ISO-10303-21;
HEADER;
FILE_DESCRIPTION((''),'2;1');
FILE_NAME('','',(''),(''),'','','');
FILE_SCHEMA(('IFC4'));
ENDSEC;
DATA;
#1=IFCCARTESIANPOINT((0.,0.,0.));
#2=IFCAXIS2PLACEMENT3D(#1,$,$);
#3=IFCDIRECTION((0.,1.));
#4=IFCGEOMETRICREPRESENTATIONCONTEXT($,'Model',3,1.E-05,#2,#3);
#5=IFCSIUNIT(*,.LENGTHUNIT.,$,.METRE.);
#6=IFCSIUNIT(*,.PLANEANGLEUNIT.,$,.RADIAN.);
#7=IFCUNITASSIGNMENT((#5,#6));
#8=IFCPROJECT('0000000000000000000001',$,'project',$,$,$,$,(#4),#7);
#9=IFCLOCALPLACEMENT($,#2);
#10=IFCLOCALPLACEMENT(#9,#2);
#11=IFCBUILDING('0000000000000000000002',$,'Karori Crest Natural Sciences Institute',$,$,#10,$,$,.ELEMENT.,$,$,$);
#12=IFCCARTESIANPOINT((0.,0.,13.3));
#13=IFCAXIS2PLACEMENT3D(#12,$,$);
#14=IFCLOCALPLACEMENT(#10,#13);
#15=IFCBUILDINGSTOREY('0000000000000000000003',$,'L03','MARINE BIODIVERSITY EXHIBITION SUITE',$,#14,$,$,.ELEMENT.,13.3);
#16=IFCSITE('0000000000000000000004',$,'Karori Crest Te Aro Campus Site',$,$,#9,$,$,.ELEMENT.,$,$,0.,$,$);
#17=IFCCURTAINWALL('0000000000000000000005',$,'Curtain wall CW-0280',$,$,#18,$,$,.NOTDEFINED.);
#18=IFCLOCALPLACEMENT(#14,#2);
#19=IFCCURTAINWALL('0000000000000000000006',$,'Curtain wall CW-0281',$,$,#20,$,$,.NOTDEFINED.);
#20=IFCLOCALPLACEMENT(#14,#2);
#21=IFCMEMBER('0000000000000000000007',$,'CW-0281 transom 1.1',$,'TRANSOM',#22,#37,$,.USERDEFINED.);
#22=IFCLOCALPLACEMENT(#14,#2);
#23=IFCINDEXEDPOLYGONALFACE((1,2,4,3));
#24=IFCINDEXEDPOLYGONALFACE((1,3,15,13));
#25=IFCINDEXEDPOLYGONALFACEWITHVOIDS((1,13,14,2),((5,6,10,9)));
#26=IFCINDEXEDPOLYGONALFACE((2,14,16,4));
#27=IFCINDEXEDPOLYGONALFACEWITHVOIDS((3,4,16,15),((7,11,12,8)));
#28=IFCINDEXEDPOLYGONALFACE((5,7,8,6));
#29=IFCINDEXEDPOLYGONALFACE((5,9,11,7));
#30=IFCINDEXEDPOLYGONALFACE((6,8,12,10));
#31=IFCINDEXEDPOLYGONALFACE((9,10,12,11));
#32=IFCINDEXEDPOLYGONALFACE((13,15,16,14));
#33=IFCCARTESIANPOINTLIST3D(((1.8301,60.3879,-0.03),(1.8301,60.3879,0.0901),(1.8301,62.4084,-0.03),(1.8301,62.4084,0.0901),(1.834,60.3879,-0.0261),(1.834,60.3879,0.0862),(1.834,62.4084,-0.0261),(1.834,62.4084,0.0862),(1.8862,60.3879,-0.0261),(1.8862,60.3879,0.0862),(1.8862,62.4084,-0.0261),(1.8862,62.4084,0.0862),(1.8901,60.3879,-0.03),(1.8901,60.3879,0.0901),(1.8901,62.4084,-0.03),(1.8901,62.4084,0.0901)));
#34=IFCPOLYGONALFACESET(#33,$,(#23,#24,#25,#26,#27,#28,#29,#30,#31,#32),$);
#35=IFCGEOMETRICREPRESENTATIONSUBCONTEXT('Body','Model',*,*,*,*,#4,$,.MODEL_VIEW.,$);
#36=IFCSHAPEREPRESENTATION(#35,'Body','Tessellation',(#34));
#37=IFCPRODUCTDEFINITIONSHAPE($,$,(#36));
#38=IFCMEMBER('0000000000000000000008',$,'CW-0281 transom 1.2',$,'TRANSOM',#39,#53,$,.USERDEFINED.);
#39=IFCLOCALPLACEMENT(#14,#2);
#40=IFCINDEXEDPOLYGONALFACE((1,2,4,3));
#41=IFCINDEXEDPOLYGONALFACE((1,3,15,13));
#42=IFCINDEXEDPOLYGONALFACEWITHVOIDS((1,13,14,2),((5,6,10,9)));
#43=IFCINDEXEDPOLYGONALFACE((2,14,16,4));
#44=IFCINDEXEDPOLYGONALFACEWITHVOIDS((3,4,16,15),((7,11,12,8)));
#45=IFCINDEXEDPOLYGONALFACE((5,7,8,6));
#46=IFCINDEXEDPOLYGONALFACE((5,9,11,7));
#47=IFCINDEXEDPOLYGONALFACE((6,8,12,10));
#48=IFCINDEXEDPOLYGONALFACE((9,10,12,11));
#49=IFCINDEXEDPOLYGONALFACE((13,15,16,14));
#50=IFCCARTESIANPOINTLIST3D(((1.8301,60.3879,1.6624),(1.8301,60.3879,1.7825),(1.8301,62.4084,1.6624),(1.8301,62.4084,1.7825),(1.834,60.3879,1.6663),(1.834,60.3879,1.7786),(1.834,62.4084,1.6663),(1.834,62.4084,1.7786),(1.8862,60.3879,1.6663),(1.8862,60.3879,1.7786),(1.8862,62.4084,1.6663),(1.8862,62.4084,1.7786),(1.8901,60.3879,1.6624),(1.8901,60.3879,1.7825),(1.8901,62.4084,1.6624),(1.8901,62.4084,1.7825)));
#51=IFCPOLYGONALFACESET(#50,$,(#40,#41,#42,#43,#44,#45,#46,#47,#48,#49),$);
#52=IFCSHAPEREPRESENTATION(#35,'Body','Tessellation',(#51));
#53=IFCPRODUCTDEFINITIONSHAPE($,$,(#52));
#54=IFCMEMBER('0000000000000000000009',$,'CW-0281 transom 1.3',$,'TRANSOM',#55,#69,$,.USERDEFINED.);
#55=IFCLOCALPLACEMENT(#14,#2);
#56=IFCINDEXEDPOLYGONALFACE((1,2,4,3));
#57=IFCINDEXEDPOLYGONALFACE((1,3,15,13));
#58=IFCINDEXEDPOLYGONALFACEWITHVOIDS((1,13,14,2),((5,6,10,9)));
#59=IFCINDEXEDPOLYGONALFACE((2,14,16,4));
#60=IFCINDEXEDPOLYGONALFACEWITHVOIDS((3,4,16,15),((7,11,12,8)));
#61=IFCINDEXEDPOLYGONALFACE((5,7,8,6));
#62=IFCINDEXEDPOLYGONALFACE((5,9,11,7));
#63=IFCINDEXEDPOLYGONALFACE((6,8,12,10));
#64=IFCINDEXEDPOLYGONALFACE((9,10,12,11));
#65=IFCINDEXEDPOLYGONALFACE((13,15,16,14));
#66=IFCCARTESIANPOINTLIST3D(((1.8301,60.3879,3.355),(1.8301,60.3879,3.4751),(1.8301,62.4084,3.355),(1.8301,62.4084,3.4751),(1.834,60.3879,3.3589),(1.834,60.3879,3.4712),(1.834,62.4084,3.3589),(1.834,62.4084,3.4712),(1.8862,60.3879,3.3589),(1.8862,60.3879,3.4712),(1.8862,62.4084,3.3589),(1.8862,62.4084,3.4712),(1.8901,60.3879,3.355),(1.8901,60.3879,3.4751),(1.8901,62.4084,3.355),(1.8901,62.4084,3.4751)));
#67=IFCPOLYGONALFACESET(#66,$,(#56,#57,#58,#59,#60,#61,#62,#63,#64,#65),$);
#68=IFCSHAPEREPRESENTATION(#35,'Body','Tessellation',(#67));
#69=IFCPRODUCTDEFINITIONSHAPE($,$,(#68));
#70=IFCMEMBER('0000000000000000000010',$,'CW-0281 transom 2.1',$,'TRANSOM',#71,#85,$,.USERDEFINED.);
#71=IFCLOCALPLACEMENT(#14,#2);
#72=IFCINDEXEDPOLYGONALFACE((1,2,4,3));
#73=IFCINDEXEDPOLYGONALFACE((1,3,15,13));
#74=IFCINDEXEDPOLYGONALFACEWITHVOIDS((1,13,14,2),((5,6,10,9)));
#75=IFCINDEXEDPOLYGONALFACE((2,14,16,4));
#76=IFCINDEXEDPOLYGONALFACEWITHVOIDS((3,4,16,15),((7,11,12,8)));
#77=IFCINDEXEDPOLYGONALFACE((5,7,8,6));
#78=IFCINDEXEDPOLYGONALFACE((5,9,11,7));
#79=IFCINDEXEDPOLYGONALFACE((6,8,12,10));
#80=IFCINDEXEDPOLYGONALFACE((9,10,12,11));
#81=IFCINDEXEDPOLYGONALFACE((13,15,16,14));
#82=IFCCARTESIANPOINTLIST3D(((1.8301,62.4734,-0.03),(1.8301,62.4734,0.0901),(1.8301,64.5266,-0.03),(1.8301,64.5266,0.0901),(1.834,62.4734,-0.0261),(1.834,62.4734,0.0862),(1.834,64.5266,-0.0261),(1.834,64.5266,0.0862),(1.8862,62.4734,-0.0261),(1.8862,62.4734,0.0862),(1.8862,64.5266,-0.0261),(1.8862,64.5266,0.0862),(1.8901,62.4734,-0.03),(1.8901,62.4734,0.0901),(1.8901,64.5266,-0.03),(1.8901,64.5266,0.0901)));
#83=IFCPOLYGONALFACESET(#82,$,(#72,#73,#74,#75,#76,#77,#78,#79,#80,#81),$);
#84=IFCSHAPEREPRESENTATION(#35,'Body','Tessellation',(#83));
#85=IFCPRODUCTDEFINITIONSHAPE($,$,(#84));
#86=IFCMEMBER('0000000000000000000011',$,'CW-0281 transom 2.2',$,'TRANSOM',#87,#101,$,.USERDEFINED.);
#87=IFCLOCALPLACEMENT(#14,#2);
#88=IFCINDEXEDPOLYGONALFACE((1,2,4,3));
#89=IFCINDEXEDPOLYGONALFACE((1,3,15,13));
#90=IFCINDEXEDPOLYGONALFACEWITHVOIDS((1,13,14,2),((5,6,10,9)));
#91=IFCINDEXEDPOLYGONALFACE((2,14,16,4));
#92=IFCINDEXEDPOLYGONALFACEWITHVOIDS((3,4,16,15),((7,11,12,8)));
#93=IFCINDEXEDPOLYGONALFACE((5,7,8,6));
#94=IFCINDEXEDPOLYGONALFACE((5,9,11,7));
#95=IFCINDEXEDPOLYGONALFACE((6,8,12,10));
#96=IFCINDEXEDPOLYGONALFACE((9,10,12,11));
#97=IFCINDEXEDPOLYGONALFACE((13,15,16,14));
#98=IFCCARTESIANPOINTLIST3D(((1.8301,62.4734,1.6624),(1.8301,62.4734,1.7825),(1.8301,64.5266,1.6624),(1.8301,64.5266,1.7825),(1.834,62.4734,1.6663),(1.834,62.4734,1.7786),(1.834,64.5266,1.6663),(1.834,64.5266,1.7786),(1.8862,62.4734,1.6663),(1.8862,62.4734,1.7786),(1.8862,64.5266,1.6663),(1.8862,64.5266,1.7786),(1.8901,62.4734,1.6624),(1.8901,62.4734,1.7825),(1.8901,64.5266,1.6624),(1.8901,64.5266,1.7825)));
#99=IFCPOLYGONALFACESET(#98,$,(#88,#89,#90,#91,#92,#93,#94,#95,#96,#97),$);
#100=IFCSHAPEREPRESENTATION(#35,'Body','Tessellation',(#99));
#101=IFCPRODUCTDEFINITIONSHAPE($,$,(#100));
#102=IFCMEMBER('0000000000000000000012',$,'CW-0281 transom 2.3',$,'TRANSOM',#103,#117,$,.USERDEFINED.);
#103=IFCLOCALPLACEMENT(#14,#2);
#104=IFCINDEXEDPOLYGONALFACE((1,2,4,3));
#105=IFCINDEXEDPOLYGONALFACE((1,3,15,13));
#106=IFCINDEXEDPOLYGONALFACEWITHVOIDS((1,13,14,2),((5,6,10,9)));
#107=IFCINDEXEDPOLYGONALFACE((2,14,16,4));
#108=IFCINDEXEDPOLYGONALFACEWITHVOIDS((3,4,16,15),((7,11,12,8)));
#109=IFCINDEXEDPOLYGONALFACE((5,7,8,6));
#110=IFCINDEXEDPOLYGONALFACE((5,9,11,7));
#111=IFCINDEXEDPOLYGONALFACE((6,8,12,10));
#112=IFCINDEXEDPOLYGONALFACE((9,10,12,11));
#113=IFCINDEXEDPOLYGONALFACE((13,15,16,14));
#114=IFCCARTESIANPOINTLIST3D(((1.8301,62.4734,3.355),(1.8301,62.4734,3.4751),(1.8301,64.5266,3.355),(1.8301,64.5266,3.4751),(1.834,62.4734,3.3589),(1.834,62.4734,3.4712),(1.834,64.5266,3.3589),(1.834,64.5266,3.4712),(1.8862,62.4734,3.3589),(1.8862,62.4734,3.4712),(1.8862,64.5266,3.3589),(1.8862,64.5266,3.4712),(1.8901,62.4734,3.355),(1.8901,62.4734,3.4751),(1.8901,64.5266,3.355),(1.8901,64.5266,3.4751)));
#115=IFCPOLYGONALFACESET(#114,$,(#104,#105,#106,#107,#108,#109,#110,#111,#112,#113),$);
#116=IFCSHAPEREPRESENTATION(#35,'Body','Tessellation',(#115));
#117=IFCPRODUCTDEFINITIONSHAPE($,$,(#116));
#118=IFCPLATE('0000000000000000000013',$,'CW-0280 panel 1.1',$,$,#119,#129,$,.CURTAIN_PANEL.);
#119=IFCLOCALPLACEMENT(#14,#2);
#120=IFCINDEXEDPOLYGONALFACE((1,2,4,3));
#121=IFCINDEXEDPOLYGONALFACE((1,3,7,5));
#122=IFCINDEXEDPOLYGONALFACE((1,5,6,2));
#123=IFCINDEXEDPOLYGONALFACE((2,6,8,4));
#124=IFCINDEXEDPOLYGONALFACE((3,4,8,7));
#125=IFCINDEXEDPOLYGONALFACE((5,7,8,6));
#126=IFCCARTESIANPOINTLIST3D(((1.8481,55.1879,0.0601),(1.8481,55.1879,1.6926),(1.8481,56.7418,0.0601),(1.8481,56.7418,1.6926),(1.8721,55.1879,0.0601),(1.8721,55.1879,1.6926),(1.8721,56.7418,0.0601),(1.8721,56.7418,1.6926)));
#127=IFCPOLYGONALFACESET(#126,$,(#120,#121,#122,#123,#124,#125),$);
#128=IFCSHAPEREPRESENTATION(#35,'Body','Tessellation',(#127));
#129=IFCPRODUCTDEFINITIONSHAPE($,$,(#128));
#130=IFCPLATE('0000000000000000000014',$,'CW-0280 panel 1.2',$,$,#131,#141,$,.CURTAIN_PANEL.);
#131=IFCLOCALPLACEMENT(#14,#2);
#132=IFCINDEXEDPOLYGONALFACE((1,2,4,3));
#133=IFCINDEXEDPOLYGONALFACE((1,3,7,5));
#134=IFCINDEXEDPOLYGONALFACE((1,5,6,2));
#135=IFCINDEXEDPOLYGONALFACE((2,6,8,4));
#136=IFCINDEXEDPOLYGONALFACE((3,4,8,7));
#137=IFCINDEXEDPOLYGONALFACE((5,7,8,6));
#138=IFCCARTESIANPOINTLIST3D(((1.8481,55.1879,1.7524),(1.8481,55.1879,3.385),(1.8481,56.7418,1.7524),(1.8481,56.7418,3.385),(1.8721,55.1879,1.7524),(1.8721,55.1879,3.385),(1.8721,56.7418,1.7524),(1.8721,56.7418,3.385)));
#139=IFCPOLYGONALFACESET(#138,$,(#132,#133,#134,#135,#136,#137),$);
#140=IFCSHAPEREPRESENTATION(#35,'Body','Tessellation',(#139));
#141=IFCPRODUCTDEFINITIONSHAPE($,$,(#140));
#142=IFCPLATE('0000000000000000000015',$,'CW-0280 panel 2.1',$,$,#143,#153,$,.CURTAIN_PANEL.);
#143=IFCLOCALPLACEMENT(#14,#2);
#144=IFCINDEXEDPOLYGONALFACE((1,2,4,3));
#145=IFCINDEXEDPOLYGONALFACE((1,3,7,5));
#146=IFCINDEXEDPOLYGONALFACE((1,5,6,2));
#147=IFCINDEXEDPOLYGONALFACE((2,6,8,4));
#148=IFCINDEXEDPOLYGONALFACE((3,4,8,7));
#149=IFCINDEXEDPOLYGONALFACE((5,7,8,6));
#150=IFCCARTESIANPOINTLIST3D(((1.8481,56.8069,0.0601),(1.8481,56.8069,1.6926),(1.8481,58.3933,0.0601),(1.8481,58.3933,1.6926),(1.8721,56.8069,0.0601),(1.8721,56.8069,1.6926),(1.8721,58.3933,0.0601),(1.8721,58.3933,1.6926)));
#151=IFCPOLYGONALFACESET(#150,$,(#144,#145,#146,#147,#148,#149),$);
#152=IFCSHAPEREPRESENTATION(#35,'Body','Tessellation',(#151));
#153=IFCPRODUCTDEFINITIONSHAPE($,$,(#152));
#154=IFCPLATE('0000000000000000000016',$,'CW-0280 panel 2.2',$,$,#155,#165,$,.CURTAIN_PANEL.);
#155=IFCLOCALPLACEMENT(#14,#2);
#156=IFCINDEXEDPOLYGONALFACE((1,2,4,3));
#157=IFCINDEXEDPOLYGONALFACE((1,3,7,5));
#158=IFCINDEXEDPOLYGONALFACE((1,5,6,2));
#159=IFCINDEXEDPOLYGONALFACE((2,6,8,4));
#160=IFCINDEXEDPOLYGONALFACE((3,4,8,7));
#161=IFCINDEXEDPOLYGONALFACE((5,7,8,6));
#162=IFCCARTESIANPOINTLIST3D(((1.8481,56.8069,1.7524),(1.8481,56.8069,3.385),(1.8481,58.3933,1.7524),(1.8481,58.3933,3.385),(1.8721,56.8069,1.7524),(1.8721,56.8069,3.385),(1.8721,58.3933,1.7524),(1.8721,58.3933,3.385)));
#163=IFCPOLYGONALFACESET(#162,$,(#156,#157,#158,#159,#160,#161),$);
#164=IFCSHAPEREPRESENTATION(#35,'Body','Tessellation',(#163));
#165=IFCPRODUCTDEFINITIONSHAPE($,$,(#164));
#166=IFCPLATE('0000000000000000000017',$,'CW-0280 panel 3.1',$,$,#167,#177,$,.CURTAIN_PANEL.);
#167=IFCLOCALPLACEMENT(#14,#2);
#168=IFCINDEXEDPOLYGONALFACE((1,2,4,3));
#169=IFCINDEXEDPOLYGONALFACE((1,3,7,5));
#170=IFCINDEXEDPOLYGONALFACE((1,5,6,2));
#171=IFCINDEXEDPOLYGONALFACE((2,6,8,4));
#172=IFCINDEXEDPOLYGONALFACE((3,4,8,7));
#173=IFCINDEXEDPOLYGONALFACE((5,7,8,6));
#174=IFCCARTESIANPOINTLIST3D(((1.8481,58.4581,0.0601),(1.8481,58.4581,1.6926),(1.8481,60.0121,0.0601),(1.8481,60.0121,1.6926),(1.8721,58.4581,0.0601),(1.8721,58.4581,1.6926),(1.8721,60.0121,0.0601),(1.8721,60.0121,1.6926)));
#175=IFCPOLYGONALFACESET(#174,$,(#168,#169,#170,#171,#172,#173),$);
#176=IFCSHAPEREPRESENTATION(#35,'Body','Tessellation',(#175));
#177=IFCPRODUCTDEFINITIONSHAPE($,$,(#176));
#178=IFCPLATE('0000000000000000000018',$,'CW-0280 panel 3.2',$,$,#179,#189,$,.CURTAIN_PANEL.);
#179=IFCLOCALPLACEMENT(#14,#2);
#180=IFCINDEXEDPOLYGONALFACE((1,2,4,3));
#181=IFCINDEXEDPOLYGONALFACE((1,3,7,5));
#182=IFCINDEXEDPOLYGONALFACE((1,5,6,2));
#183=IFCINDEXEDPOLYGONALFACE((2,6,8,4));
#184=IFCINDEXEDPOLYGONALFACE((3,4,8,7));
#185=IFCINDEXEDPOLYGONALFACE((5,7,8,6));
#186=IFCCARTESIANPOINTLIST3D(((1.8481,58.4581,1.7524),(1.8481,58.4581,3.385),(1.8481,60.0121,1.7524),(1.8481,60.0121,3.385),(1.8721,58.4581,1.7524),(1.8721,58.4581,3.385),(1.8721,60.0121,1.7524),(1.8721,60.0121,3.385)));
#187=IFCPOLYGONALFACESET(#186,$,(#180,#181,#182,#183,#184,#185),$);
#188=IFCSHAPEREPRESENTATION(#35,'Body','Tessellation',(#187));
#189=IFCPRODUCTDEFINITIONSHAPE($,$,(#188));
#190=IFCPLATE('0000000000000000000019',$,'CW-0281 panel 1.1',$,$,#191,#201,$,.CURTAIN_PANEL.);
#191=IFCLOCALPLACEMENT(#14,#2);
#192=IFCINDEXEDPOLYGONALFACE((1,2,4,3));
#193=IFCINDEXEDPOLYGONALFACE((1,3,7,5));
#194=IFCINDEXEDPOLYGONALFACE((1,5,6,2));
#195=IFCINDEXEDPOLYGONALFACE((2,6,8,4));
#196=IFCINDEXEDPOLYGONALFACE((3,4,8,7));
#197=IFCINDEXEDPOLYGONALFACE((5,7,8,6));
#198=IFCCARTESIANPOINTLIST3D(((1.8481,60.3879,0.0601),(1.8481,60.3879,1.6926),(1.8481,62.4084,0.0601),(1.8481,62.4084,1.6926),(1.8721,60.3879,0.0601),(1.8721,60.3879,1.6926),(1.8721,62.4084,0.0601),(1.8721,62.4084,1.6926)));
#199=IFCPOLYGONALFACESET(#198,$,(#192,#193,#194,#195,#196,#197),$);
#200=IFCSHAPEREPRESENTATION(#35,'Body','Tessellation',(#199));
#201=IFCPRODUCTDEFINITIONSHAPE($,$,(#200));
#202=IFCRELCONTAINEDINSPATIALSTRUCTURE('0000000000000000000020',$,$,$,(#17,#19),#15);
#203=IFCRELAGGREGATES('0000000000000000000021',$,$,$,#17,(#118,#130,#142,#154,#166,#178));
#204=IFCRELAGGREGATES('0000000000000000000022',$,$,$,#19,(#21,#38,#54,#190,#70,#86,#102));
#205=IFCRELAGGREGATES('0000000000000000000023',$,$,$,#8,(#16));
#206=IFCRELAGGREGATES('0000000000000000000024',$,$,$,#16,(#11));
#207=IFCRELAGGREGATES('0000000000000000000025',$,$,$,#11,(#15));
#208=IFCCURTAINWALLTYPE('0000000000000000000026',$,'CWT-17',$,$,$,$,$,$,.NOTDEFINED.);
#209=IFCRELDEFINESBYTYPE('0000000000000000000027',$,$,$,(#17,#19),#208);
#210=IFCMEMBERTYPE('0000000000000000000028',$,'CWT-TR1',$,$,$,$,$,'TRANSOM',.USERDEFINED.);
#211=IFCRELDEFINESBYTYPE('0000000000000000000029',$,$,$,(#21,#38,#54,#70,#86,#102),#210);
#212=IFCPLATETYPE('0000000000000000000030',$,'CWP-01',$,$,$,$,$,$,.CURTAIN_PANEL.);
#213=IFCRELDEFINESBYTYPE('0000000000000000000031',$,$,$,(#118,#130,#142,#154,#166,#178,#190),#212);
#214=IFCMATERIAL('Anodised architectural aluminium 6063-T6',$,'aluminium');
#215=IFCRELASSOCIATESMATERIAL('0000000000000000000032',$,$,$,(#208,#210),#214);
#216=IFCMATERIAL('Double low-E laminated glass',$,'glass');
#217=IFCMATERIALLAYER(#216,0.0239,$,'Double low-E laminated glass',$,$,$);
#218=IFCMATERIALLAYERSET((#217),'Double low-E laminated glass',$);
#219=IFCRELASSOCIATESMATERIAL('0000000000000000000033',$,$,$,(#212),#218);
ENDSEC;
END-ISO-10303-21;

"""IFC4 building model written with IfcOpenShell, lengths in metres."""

from ifc_helpers import new_model, si_unit, direction, frame, origin, origin_2d, place, context, subcontext, project, spatial, rectangle, hollow_rectangle, extrude, material, layer, layer_set, material_profile, profile_set, type_object, element, aggregate, save


model = new_model("IFC4")

# Units and contexts
model_context = context("Model", 3, precision=1e-05, world=origin(), true_north=direction((0.0, 1.0)))
body_context = subcontext(model_context, "Body", "Model", "MODEL_VIEW")
ifc_project = project(units=[si_unit("LENGTHUNIT", "METRE"), si_unit("PLANEANGLEUNIT", "RADIAN")], contexts=[model_context])

# Site, building, storey
site_placement = place(None, origin())
site = spatial("IfcSite", under=ifc_project, at=site_placement, Name="Karori Crest Te Aro Campus Site", CompositionType="ELEMENT", RefElevation=0.0)
building_placement = place(site_placement, origin())
building = spatial("IfcBuilding", under=site, at=building_placement, Name="Karori Crest Natural Sciences Institute", CompositionType="ELEMENT")
storey_placement = place(building_placement, frame((0.0, 0.0, 13.3)))
storey = spatial("IfcBuildingStorey", under=building, at=storey_placement, Name="L03", Description="MARINE BIODIVERSITY EXHIBITION SUITE", CompositionType="ELEMENT", Elevation=13.3)

# Curtain walls
ifc_material_1 = material(Name="Anodised architectural aluminium 6063-T6", Category="aluminium")
curtain_wall_type = type_object("IfcCurtainWallType", Name="CWT-17", PredefinedType="NOTDEFINED", material=ifc_material_1)
curtain_wall_1_placement = place(storey_placement, origin())
curtain_wall_1 = element("IfcCurtainWall", 1, at=curtain_wall_1_placement, inside=storey, type_object=curtain_wall_type, Name="Curtain wall CW-0280", PredefinedType="NOTDEFINED")
curtain_wall_2_placement = place(storey_placement, origin())
curtain_wall_2 = element("IfcCurtainWall", 2, at=curtain_wall_2_placement, inside=storey, type_object=curtain_wall_type, Name="Curtain wall CW-0281", PredefinedType="NOTDEFINED")

# Members
ifc_material_profile_1 = material_profile(ifc_material_1, hollow_rectangle(XDim=0.0601, YDim=0.1201, WallThickness=0.0039, at=origin_2d()), Name="CWT120x60x4")
ifc_profile_set_1 = profile_set([ifc_material_profile_1], Name="Anodised architectural aluminium 6063-T6")
member_type_1 = type_object("IfcMemberType", Name="CWT-TR1", ElementType="TRANSOM", PredefinedType="USERDEFINED", material=ifc_profile_set_1)
member_1_placement = place(storey_placement, frame((1.8601, 60.3879, 0.03), z_axis=(0.0, 1.0, 0.0), x_axis=(-1.0, 0.0, 0.0)))
member_1 = element("IfcMember", 3, at=member_1_placement, type_object=member_type_1, Name="CW-0281 transom 1.1", ObjectType="TRANSOM", PredefinedType="USERDEFINED", context=body_context, shape_type="SweptSolid", body=[
    extrude(hollow_rectangle(XDim=0.0601, YDim=0.1201, WallThickness=0.0039, at=origin_2d()), origin(), (0.0, 0.0, 1.0), 2.0205),
])
member_2_placement = place(storey_placement, frame((1.8601, 60.3879, 1.7224), z_axis=(0.0, 1.0, 0.0), x_axis=(-1.0, 0.0, 0.0)))
member_2 = element("IfcMember", 4, at=member_2_placement, type_object=member_type_1, Name="CW-0281 transom 1.2", ObjectType="TRANSOM", PredefinedType="USERDEFINED", context=body_context, shape_type="SweptSolid", body=[
    extrude(hollow_rectangle(XDim=0.0601, YDim=0.1201, WallThickness=0.0039, at=origin_2d()), origin(), (0.0, 0.0, 1.0), 2.0205),
])
member_3_placement = place(storey_placement, frame((1.8601, 60.3879, 3.415), z_axis=(0.0, 1.0, 0.0), x_axis=(-1.0, 0.0, 0.0)))
member_3 = element("IfcMember", 5, at=member_3_placement, type_object=member_type_1, Name="CW-0281 transom 1.3", ObjectType="TRANSOM", PredefinedType="USERDEFINED", context=body_context, shape_type="SweptSolid", body=[
    extrude(hollow_rectangle(XDim=0.0601, YDim=0.1201, WallThickness=0.0039, at=origin_2d()), origin(), (0.0, 0.0, 1.0), 2.0205),
])
member_4_placement = place(storey_placement, frame((1.8601, 62.4734, 0.03), z_axis=(0.0, 1.0, 0.0), x_axis=(-1.0, 0.0, 0.0)))
member_4 = element("IfcMember", 6, at=member_4_placement, type_object=member_type_1, Name="CW-0281 transom 2.1", ObjectType="TRANSOM", PredefinedType="USERDEFINED", context=body_context, shape_type="SweptSolid", body=[
    extrude(hollow_rectangle(XDim=0.0601, YDim=0.1201, WallThickness=0.0039, at=origin_2d()), origin(), (0.0, 0.0, 1.0), 2.0532),
])
member_5_placement = place(storey_placement, frame((1.8601, 62.4734, 1.7224), z_axis=(0.0, 1.0, 0.0), x_axis=(-1.0, 0.0, 0.0)))
member_5 = element("IfcMember", 7, at=member_5_placement, type_object=member_type_1, Name="CW-0281 transom 2.2", ObjectType="TRANSOM", PredefinedType="USERDEFINED", context=body_context, shape_type="SweptSolid", body=[
    extrude(hollow_rectangle(XDim=0.0601, YDim=0.1201, WallThickness=0.0039, at=origin_2d()), origin(), (0.0, 0.0, 1.0), 2.0532),
])
member_6_placement = place(storey_placement, frame((1.8601, 62.4734, 3.415), z_axis=(0.0, 1.0, 0.0), x_axis=(-1.0, 0.0, 0.0)))
member_6 = element("IfcMember", 8, at=member_6_placement, type_object=member_type_1, Name="CW-0281 transom 2.3", ObjectType="TRANSOM", PredefinedType="USERDEFINED", context=body_context, shape_type="SweptSolid", body=[
    extrude(hollow_rectangle(XDim=0.0601, YDim=0.1201, WallThickness=0.0039, at=origin_2d()), origin(), (0.0, 0.0, 1.0), 2.0532),
])

# Plates
ifc_material_2 = material(Name="Double low-E laminated glass", Category="glass")
ifc_layer_1 = layer(ifc_material_2, 0.0239, Name="Double low-E laminated glass")
ifc_layer_set_1 = layer_set([ifc_layer_1], Name="Double low-E laminated glass")
plate_type = type_object("IfcPlateType", Name="CWP-01", PredefinedType="CURTAIN_PANEL", material=ifc_layer_set_1)
plate_1_placement = place(storey_placement, frame((1.8601, 55.9648, 0.0601), z_axis=(0.0, 0.0, 1.0), x_axis=(0.0, 1.0, 0.0)))
plate_1 = element("IfcPlate", 9, at=plate_1_placement, type_object=plate_type, Name="CW-0280 panel 1.1", PredefinedType="CURTAIN_PANEL", context=body_context, shape_type="SweptSolid", body=[
    extrude(rectangle(XDim=1.554, YDim=0.0239, at=origin_2d()), origin(), (0.0, 0.0, 1.0), 1.6326),
])
plate_2_placement = place(storey_placement, frame((1.8601, 55.9648, 1.7524), z_axis=(0.0, 0.0, 1.0), x_axis=(0.0, 1.0, 0.0)))
plate_2 = element("IfcPlate", 10, at=plate_2_placement, type_object=plate_type, Name="CW-0280 panel 1.2", PredefinedType="CURTAIN_PANEL", context=body_context, shape_type="SweptSolid", body=[
    extrude(rectangle(XDim=1.554, YDim=0.0239, at=origin_2d()), origin(), (0.0, 0.0, 1.0), 1.6326),
])
plate_3_placement = place(storey_placement, frame((1.8601, 57.6001, 0.0601), z_axis=(0.0, 0.0, 1.0), x_axis=(0.0, 1.0, 0.0)))
plate_3 = element("IfcPlate", 11, at=plate_3_placement, type_object=plate_type, Name="CW-0280 panel 2.1", PredefinedType="CURTAIN_PANEL", context=body_context, shape_type="SweptSolid", body=[
    extrude(rectangle(XDim=1.5864, YDim=0.0239, at=origin_2d()), origin(), (0.0, 0.0, 1.0), 1.6326),
])
plate_4_placement = place(storey_placement, frame((1.8601, 57.6001, 1.7524), z_axis=(0.0, 0.0, 1.0), x_axis=(0.0, 1.0, 0.0)))
plate_4 = element("IfcPlate", 12, at=plate_4_placement, type_object=plate_type, Name="CW-0280 panel 2.2", PredefinedType="CURTAIN_PANEL", context=body_context, shape_type="SweptSolid", body=[
    extrude(rectangle(XDim=1.5864, YDim=0.0239, at=origin_2d()), origin(), (0.0, 0.0, 1.0), 1.6326),
])
plate_5_placement = place(storey_placement, frame((1.8601, 59.2351, 0.0601), z_axis=(0.0, 0.0, 1.0), x_axis=(0.0, 1.0, 0.0)))
plate_5 = element("IfcPlate", 13, at=plate_5_placement, type_object=plate_type, Name="CW-0280 panel 3.1", PredefinedType="CURTAIN_PANEL", context=body_context, shape_type="SweptSolid", body=[
    extrude(rectangle(XDim=1.554, YDim=0.0239, at=origin_2d()), origin(), (0.0, 0.0, 1.0), 1.6326),
])
plate_6_placement = place(storey_placement, frame((1.8601, 59.2351, 1.7524), z_axis=(0.0, 0.0, 1.0), x_axis=(0.0, 1.0, 0.0)))
plate_6 = element("IfcPlate", 14, at=plate_6_placement, type_object=plate_type, Name="CW-0280 panel 3.2", PredefinedType="CURTAIN_PANEL", context=body_context, shape_type="SweptSolid", body=[
    extrude(rectangle(XDim=1.554, YDim=0.0239, at=origin_2d()), origin(), (0.0, 0.0, 1.0), 1.6326),
])
aggregate(curtain_wall_1, [plate_1, plate_2, plate_3, plate_4, plate_5, plate_6])
plate_7_placement = place(storey_placement, frame((1.8601, 61.3982, 0.0601), z_axis=(0.0, 0.0, 1.0), x_axis=(0.0, 1.0, 0.0)))
plate_7 = element("IfcPlate", 15, at=plate_7_placement, type_object=plate_type, Name="CW-0281 panel 1.1", PredefinedType="CURTAIN_PANEL", context=body_context, shape_type="SweptSolid", body=[
    extrude(rectangle(XDim=2.0205, YDim=0.0239, at=origin_2d()), origin(), (0.0, 0.0, 1.0), 1.6326),
])
aggregate(curtain_wall_2, [member_1, member_2, member_3, plate_7, member_4, member_5, member_6])

save(model, "model.ifc")
